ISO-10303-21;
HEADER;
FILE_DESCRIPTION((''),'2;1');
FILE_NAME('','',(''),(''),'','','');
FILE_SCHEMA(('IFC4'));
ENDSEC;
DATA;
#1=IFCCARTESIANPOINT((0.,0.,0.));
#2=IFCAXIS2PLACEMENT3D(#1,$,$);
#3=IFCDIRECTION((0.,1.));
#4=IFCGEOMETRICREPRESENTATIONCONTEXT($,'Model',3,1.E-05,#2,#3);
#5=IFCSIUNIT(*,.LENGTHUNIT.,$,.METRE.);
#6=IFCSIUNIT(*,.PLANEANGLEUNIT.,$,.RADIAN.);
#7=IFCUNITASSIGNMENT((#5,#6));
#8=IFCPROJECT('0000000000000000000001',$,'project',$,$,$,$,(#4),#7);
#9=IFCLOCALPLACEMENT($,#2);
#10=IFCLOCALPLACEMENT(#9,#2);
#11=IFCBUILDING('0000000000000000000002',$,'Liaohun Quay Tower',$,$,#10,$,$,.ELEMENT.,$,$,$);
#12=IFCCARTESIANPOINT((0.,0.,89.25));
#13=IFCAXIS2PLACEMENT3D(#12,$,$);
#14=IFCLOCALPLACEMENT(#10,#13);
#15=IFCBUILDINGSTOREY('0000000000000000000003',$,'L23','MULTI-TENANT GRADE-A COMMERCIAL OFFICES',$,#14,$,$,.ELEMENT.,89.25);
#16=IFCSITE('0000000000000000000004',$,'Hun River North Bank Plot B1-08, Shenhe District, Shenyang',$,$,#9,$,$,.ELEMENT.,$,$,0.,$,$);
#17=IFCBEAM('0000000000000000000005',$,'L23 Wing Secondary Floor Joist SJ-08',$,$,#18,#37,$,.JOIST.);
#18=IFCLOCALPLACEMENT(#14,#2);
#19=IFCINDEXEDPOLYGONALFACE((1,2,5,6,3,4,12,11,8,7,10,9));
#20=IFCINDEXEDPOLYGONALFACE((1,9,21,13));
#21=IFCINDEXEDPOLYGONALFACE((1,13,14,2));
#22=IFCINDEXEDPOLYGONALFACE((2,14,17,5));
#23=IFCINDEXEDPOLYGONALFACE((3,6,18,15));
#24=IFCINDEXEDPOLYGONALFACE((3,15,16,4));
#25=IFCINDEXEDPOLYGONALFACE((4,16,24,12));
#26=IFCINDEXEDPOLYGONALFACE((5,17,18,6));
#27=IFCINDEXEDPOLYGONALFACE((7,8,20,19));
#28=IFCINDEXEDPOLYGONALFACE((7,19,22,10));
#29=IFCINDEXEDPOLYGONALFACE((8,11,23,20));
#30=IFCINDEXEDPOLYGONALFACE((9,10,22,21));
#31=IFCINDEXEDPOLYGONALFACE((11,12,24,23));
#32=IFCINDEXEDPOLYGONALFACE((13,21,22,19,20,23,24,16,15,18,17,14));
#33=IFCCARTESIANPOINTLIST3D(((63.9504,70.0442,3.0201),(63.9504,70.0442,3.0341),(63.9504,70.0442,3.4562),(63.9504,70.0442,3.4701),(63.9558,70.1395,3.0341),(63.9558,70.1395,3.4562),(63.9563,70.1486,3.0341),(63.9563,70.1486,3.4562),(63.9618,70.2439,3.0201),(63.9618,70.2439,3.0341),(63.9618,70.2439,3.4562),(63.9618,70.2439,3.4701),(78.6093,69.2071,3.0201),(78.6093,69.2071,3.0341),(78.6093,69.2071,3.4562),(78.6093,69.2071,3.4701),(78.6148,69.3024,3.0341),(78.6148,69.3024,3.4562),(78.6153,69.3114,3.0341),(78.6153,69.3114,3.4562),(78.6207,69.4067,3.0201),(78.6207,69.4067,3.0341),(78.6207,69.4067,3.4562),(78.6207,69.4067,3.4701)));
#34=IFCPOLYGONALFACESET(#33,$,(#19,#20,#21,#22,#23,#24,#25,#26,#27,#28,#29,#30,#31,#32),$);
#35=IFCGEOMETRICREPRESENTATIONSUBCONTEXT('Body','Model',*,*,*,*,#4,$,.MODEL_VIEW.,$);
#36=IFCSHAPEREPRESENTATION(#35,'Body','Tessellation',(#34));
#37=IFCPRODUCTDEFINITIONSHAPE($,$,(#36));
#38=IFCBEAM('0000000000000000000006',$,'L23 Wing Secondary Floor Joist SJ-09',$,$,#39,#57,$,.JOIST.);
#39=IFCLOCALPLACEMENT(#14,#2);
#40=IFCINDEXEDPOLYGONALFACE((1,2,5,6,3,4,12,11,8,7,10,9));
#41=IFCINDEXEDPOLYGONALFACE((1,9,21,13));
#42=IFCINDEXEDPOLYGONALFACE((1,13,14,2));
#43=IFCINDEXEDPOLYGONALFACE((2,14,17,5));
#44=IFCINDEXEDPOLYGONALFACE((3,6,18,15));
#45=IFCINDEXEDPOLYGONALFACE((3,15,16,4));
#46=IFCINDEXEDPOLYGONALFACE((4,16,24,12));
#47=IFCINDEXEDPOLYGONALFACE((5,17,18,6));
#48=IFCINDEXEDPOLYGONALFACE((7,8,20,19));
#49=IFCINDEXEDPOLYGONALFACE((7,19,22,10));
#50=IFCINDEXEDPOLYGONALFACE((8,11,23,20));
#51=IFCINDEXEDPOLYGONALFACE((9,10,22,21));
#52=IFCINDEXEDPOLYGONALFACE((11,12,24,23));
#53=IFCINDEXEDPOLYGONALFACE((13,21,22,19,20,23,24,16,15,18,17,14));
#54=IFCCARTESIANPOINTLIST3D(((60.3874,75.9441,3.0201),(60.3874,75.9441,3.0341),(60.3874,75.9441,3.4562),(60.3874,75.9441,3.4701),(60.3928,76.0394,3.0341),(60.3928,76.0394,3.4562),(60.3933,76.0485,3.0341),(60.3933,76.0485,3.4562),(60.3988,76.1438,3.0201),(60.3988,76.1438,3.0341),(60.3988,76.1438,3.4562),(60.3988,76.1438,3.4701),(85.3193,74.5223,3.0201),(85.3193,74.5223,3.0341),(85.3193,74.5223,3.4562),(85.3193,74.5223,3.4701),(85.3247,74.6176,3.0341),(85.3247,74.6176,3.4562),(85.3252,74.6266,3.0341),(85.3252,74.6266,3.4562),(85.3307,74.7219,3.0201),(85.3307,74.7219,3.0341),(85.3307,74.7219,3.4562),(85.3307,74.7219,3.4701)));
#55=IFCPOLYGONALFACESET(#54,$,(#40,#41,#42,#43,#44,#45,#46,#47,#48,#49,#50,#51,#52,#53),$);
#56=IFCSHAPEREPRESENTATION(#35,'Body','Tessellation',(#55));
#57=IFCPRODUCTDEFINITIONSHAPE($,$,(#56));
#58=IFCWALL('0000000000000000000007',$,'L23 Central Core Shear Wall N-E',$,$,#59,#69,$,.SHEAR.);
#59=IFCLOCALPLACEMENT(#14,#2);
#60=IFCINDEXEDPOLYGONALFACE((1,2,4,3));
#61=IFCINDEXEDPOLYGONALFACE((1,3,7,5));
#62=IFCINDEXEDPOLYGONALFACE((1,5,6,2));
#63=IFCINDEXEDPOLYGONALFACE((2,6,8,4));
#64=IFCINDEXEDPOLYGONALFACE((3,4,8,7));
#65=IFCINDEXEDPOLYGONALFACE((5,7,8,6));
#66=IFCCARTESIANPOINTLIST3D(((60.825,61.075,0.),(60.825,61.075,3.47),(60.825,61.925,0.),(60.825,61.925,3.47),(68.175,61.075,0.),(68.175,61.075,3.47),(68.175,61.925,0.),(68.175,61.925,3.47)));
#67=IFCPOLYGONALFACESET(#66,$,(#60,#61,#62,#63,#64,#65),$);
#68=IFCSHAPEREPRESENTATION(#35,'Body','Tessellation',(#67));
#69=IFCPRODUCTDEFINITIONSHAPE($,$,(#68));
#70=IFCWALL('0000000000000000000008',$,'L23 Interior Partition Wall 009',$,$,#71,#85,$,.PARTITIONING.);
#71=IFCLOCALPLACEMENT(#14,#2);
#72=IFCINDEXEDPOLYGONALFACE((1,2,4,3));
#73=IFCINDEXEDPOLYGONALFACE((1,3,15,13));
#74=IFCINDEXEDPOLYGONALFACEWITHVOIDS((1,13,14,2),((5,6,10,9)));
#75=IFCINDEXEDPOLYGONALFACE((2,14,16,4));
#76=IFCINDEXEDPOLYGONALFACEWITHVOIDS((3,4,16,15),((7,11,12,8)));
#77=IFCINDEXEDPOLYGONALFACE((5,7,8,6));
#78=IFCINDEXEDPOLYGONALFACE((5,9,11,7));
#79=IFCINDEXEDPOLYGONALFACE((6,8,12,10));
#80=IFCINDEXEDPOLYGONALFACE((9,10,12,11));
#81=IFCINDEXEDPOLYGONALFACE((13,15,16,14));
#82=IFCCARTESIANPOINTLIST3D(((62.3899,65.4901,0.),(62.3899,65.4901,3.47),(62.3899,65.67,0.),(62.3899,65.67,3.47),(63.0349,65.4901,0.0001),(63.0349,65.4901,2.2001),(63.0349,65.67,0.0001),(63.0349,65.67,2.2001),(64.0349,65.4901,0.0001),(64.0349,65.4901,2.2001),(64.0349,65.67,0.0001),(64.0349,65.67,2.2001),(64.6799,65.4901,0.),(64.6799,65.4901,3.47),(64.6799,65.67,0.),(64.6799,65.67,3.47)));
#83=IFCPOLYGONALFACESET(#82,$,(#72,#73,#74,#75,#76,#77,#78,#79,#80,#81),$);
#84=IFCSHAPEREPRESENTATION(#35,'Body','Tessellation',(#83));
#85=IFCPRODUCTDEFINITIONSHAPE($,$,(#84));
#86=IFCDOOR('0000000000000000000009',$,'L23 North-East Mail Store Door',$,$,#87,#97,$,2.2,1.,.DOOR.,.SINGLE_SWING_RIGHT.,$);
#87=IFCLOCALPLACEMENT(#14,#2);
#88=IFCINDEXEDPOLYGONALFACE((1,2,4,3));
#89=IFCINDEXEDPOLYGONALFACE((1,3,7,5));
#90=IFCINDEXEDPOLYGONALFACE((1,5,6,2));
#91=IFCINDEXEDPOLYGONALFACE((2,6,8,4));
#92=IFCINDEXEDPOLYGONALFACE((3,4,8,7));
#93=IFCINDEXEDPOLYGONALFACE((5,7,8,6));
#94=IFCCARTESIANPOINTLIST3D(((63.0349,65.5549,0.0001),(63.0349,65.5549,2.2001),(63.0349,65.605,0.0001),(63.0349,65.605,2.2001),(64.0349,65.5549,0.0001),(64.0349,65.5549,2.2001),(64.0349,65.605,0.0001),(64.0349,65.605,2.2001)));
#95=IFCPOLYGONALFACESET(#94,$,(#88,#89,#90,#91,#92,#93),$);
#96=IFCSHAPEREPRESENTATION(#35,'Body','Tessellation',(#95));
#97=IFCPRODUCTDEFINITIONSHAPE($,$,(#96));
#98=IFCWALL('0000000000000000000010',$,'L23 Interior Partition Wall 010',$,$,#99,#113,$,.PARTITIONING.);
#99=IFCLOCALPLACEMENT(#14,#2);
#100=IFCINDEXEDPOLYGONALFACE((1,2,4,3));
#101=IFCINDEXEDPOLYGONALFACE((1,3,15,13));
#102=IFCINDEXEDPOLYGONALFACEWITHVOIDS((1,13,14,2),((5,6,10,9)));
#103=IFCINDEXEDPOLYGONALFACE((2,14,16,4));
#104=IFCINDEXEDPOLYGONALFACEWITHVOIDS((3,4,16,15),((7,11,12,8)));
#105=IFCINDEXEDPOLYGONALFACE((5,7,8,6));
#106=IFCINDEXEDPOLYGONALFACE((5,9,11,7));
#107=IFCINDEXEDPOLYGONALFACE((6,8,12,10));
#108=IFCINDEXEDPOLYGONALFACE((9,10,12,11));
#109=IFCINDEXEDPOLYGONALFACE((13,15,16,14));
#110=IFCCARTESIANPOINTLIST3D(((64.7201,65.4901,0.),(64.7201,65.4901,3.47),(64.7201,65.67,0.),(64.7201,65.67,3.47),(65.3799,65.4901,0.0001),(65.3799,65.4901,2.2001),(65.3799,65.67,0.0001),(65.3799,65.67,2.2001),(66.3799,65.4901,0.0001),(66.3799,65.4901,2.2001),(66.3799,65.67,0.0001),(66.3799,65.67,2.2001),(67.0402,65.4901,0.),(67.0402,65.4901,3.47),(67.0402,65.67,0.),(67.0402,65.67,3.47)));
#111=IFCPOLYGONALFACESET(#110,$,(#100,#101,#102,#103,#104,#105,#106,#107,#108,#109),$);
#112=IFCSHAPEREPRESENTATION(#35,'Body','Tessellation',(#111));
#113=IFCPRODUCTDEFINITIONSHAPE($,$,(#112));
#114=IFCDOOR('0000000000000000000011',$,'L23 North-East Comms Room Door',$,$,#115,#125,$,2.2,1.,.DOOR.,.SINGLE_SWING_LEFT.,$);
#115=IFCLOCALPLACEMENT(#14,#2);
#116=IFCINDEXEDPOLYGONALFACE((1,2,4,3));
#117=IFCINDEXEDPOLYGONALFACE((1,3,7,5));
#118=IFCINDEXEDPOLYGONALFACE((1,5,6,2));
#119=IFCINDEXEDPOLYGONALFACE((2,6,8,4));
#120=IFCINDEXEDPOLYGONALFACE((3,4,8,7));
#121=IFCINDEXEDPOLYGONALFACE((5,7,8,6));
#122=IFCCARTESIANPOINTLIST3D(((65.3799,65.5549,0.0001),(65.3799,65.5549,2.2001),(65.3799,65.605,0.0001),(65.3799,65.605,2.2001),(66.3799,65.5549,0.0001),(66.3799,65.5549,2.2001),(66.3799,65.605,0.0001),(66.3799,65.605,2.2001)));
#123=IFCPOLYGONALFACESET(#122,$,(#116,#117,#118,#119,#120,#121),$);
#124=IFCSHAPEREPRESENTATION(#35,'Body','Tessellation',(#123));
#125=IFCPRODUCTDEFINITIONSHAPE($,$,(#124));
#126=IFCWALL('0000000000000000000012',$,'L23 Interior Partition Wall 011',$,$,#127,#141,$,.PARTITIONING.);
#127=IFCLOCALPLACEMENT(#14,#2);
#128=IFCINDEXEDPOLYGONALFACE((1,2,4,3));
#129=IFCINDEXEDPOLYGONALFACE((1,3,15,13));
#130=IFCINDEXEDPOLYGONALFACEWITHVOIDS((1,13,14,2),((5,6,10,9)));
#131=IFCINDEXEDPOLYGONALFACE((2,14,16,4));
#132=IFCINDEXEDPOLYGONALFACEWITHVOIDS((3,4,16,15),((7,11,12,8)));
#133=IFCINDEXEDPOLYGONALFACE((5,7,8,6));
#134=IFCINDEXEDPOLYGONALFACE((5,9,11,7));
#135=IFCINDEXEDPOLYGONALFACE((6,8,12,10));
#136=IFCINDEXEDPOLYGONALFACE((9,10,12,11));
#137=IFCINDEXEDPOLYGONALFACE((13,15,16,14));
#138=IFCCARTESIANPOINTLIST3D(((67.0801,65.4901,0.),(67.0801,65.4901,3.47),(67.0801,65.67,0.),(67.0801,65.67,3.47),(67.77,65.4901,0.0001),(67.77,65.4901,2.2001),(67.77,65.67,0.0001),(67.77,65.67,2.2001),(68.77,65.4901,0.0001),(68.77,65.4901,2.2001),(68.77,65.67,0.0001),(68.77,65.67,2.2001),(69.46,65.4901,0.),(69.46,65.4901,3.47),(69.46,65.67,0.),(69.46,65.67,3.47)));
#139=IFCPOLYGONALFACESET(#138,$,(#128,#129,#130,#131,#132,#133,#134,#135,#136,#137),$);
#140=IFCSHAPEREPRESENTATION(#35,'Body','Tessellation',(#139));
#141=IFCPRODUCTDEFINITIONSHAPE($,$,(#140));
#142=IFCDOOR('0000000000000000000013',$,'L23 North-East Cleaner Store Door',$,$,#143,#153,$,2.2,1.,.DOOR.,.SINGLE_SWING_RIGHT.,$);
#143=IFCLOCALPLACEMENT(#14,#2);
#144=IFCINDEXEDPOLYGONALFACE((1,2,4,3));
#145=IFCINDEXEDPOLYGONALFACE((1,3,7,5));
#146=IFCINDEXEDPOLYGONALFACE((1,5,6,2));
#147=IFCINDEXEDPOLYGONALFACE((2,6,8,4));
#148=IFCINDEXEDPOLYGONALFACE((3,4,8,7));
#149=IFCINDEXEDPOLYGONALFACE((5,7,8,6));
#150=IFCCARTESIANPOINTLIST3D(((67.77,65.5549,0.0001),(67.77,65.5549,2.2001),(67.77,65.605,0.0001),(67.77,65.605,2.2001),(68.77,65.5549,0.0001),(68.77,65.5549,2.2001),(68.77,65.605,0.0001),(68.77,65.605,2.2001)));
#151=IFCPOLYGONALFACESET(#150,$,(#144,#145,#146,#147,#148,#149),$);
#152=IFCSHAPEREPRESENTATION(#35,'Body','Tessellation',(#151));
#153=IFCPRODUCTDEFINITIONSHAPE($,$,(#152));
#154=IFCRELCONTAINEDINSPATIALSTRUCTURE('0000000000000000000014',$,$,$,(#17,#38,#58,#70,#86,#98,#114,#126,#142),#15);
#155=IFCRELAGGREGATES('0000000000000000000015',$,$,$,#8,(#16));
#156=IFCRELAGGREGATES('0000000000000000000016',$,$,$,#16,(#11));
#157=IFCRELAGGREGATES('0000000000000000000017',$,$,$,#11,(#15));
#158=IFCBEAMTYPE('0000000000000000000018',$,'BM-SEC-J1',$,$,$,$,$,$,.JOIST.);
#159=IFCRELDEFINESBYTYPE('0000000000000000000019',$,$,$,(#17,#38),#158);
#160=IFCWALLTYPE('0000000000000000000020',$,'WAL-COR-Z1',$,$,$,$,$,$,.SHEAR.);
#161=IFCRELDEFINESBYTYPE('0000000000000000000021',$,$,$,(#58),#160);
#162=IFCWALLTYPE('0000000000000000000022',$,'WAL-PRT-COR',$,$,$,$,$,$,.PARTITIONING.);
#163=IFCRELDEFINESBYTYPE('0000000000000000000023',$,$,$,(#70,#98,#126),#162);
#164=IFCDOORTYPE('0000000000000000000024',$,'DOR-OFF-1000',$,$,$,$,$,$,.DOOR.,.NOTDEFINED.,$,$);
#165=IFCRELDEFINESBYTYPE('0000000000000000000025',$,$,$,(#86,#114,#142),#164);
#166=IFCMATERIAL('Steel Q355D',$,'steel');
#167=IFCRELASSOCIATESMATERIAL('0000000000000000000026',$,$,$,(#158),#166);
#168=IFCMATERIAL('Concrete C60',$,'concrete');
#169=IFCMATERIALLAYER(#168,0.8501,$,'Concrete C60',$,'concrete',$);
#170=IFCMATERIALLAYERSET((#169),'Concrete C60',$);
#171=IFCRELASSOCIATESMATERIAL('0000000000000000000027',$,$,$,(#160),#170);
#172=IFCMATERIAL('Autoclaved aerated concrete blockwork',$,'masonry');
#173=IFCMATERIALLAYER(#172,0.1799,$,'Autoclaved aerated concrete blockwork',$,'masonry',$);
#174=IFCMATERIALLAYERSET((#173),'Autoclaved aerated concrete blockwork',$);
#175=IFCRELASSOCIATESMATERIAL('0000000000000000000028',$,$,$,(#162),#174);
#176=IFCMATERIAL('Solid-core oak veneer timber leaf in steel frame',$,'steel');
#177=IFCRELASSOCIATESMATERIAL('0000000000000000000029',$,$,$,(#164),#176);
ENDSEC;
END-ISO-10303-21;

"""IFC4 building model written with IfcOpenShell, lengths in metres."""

from ifc_helpers import new_model, si_unit, direction, frame, frame_2d, origin, origin_2d, place, context, subcontext, project, spatial, rectangle, i_section, extrude, source, transform, mapped, material, layer, layer_set, material_profile, profile_set, type_object, element, fill, save


model = new_model("IFC4")

# Units and contexts
model_context = context("Model", 3, precision=1e-05, world=origin(), true_north=direction((0.0, 1.0)))
body_context = subcontext(model_context, "Body", "Model", "MODEL_VIEW")
ifc_project = project(units=[si_unit("LENGTHUNIT", "METRE"), si_unit("PLANEANGLEUNIT", "RADIAN")], contexts=[model_context])

# Site, building, storey
site_placement = place(None, origin())
site = spatial("IfcSite", under=ifc_project, at=site_placement, Name="Hun River North Bank Plot B1-08, Shenhe District, Shenyang", CompositionType="ELEMENT", RefElevation=0.0)
building_placement = place(site_placement, origin())
building = spatial("IfcBuilding", under=site, at=building_placement, Name="Liaohun Quay Tower", CompositionType="ELEMENT")
storey_placement = place(building_placement, frame((0.0, 0.0, 89.25)))
storey = spatial("IfcBuildingStorey", under=building, at=storey_placement, Name="L23", Description="MULTI-TENANT GRADE-A COMMERCIAL OFFICES", CompositionType="ELEMENT", Elevation=89.25)

# Beams
ifc_material_1 = material(Name="Steel Q355D", Category="steel")
ifc_material_profile = material_profile(ifc_material_1, i_section(OverallWidth=0.2, OverallDepth=0.45, WebThickness=0.009, FlangeThickness=0.0139, at=origin_2d()), Name="HN450x200x9x14")
ifc_profile_set = profile_set([ifc_material_profile], Name="Steel Q355D")
beam_type = type_object("IfcBeamType", Name="BM-SEC-J1", PredefinedType="JOIST", material=ifc_profile_set)
shared_shape_1 = source(origin(), body_context, "Body", "SweptSolid", [
    extrude(i_section(OverallWidth=0.2, OverallDepth=0.45, WebThickness=0.009, FlangeThickness=0.0139, at=origin_2d()), origin(), (0.0, 0.0, 1.0), 14.6829),
])
beam_1_placement = place(storey_placement, frame((63.9561, 70.144, 3.2451), z_axis=(0.998373, -0.057016, 0.0), x_axis=(0.057016, 0.998373, 0.0)))
element("IfcBeam", 1, at=beam_1_placement, inside=storey, type_object=beam_type, Name="L23 Wing Secondary Floor Joist SJ-08", PredefinedType="JOIST", context=body_context, shape_type="MappedRepresentation", body=[
    mapped(shared_shape_1, transform((0.0, 0.0, 0.0), x_axis=(1.0, 0.0, 0.0), y_axis=(0.0, 1.0, 0.0), z_axis=(0.0, 0.0, 1.0), scale=1.0)),
])
shared_shape_2 = source(origin(), body_context, "Body", "SweptSolid", [
    extrude(i_section(OverallWidth=0.2, OverallDepth=0.45, WebThickness=0.009, FlangeThickness=0.0139, at=origin_2d()), origin(), (0.0, 0.0, 1.0), 24.9724),
])
beam_2_placement = place(storey_placement, frame((60.3931, 76.0439, 3.2451), z_axis=(0.998378, -0.056938, 0.0), x_axis=(0.056938, 0.998378, 0.0)))
element("IfcBeam", 2, at=beam_2_placement, inside=storey, type_object=beam_type, Name="L23 Wing Secondary Floor Joist SJ-09", PredefinedType="JOIST", context=body_context, shape_type="MappedRepresentation", body=[
    mapped(shared_shape_2, transform((0.0, 0.0, 0.0), x_axis=(1.0, 0.0, 0.0), y_axis=(0.0, 1.0, 0.0), z_axis=(0.0, 0.0, 1.0), scale=1.0)),
])

# Wall
ifc_material_2 = material(Name="Concrete C60", Category="concrete")
ifc_layer_1 = layer(ifc_material_2, 0.8501, Name="Concrete C60", Category="concrete")
ifc_layer_set_1 = layer_set([ifc_layer_1], Name="Concrete C60")
wall_type_1 = type_object("IfcWallType", Name="WAL-COR-Z1", PredefinedType="SHEAR", material=ifc_layer_set_1)
wall_1_placement = place(storey_placement, frame((60.825, 61.5, 0.0), z_axis=(0.0, 0.0, 1.0), x_axis=(1.0, 0.0, 0.0)))
element("IfcWall", 3, at=wall_1_placement, inside=storey, type_object=wall_type_1, Name="L23 Central Core Shear Wall N-E", PredefinedType="SHEAR", context=body_context, shape_type="SweptSolid", body=[
    extrude(rectangle(XDim=7.3501, YDim=0.8501, at=frame_2d((3.675, 0.0))), origin(), (0.0, 0.0, 1.0), 3.47),
])

# Walls, openings, doors
ifc_material_3 = material(Name="Autoclaved aerated concrete blockwork", Category="masonry")
ifc_layer_2 = layer(ifc_material_3, 0.1799, Name="Autoclaved aerated concrete blockwork", Category="masonry")
ifc_layer_set_2 = layer_set([ifc_layer_2], Name="Autoclaved aerated concrete blockwork")
wall_type_2 = type_object("IfcWallType", Name="WAL-PRT-COR", PredefinedType="PARTITIONING", material=ifc_layer_set_2)
wall_2_placement = place(storey_placement, frame((62.3899, 65.5801, 0.0), z_axis=(0.0, 0.0, 1.0), x_axis=(1.0, 0.0, 0.0)))
wall_2 = element("IfcWall", 4, at=wall_2_placement, inside=storey, type_object=wall_type_2, Name="L23 Interior Partition Wall 009", PredefinedType="PARTITIONING", context=body_context, shape_type="SweptSolid", body=[
    extrude(rectangle(XDim=2.29, YDim=0.1799, at=frame_2d((1.145, 0.0))), origin(), (0.0, 0.0, 1.0), 3.47),
])
shared_shape_3 = source(origin(), body_context, "Body", "SweptSolid", [
    extrude(rectangle(XDim=1.0, YDim=2.2, at=frame_2d((0.5, 1.1001))), frame((0.0, 0.0999, 0.0), z_axis=(0.0, -1.0, 0.0), x_axis=(1.0, 0.0, 0.0)), (0.0, 0.0, 1.0), 0.2),
])
opening_1_placement = place(wall_2_placement, frame((0.645, 0.0, 0.0)))
opening_1 = element("IfcOpeningElement", 5, at=opening_1_placement, cuts=wall_2, PredefinedType="OPENING", context=body_context, shape_type="MappedRepresentation", body=[
    mapped(shared_shape_3, transform((0.0, 0.0, 0.0), x_axis=(1.0, 0.0, 0.0), y_axis=(0.0, 1.0, 0.0), z_axis=(0.0, 0.0, 1.0), scale=1.0)),
])
ifc_material_4 = material(Name="Solid-core oak veneer timber leaf in steel frame", Category="steel")
door_type_1 = type_object("IfcDoorType", Name="DOR-OFF-1000", OperationType="NOTDEFINED", PredefinedType="DOOR", material=ifc_material_4)
shared_shape_4 = source(origin(), body_context, "Body", "SweptSolid", [
    extrude(rectangle(XDim=1.0, YDim=2.2, at=frame_2d((0.5, 1.1001))), frame((0.0, 0.0249, 0.0), z_axis=(0.0, -1.0, 0.0), x_axis=(1.0, 0.0, 0.0)), (0.0, 0.0, 1.0), 0.05),
])
door_1_placement = place(opening_1_placement, origin())
door_1 = element("IfcDoor", 6, at=door_1_placement, inside=storey, type_object=door_type_1, Name="L23 North-East Mail Store Door", OperationType="SINGLE_SWING_RIGHT", OverallHeight=2.2, OverallWidth=1.0, PredefinedType="DOOR", context=body_context, shape_type="MappedRepresentation", body=[
    mapped(shared_shape_4, transform((0.0, 0.0, 0.0), x_axis=(1.0, 0.0, 0.0), y_axis=(0.0, 1.0, 0.0), z_axis=(0.0, 0.0, 1.0), scale=1.0)),
])
fill(opening_1, door_1)
wall_3_placement = place(storey_placement, frame((64.72, 65.5801, 0.0), z_axis=(0.0, 0.0, 1.0), x_axis=(1.0, 0.0, 0.0)))
wall_3 = element("IfcWall", 7, at=wall_3_placement, inside=storey, type_object=wall_type_2, Name="L23 Interior Partition Wall 010", PredefinedType="PARTITIONING", context=body_context, shape_type="SweptSolid", body=[
    extrude(rectangle(XDim=2.3201, YDim=0.1799, at=frame_2d((1.1602, 0.0))), origin(), (0.0, 0.0, 1.0), 3.47),
])
opening_2_placement = place(wall_3_placement, frame((0.6599, 0.0, 0.0)))
opening_2 = element("IfcOpeningElement", 8, at=opening_2_placement, cuts=wall_3, PredefinedType="OPENING", context=body_context, shape_type="MappedRepresentation", body=[
    mapped(shared_shape_3, transform((0.0, 0.0, 0.0), x_axis=(1.0, 0.0, 0.0), y_axis=(0.0, 1.0, 0.0), z_axis=(0.0, 0.0, 1.0), scale=1.0)),
])
door_2_placement = place(opening_2_placement, origin())
door_2 = element("IfcDoor", 9, at=door_2_placement, inside=storey, type_object=door_type_1, Name="L23 North-East Comms Room Door", OperationType="SINGLE_SWING_LEFT", OverallHeight=2.2, OverallWidth=1.0, PredefinedType="DOOR", context=body_context, shape_type="MappedRepresentation", body=[
    mapped(shared_shape_4, transform((0.0, 0.0, 0.0), x_axis=(1.0, 0.0, 0.0), y_axis=(0.0, 1.0, 0.0), z_axis=(0.0, 0.0, 1.0), scale=1.0)),
])
fill(opening_2, door_2)
wall_4_placement = place(storey_placement, frame((67.0801, 65.5801, 0.0), z_axis=(0.0, 0.0, 1.0), x_axis=(1.0, 0.0, 0.0)))
wall_4 = element("IfcWall", 10, at=wall_4_placement, inside=storey, type_object=wall_type_2, Name="L23 Interior Partition Wall 011", PredefinedType="PARTITIONING", context=body_context, shape_type="SweptSolid", body=[
    extrude(rectangle(XDim=2.3799, YDim=0.1799, at=frame_2d((1.1899, 0.0))), origin(), (0.0, 0.0, 1.0), 3.47),
])
opening_3_placement = place(wall_4_placement, frame((0.6899, 0.0, 0.0)))
opening_3 = element("IfcOpeningElement", 11, at=opening_3_placement, cuts=wall_4, PredefinedType="OPENING", context=body_context, shape_type="MappedRepresentation", body=[
    mapped(shared_shape_3, transform((0.0, 0.0, 0.0), x_axis=(1.0, 0.0, 0.0), y_axis=(0.0, 1.0, 0.0), z_axis=(0.0, 0.0, 1.0), scale=1.0)),
])
door_3_placement = place(opening_3_placement, origin())
door_3 = element("IfcDoor", 12, at=door_3_placement, inside=storey, type_object=door_type_1, Name="L23 North-East Cleaner Store Door", OperationType="SINGLE_SWING_RIGHT", OverallHeight=2.2, OverallWidth=1.0, PredefinedType="DOOR", context=body_context, shape_type="MappedRepresentation", body=[
    mapped(shared_shape_4, transform((0.0, 0.0, 0.0), x_axis=(1.0, 0.0, 0.0), y_axis=(0.0, 1.0, 0.0), z_axis=(0.0, 0.0, 1.0), scale=1.0)),
])
fill(opening_3, door_3)

save(model, "model.ifc")
